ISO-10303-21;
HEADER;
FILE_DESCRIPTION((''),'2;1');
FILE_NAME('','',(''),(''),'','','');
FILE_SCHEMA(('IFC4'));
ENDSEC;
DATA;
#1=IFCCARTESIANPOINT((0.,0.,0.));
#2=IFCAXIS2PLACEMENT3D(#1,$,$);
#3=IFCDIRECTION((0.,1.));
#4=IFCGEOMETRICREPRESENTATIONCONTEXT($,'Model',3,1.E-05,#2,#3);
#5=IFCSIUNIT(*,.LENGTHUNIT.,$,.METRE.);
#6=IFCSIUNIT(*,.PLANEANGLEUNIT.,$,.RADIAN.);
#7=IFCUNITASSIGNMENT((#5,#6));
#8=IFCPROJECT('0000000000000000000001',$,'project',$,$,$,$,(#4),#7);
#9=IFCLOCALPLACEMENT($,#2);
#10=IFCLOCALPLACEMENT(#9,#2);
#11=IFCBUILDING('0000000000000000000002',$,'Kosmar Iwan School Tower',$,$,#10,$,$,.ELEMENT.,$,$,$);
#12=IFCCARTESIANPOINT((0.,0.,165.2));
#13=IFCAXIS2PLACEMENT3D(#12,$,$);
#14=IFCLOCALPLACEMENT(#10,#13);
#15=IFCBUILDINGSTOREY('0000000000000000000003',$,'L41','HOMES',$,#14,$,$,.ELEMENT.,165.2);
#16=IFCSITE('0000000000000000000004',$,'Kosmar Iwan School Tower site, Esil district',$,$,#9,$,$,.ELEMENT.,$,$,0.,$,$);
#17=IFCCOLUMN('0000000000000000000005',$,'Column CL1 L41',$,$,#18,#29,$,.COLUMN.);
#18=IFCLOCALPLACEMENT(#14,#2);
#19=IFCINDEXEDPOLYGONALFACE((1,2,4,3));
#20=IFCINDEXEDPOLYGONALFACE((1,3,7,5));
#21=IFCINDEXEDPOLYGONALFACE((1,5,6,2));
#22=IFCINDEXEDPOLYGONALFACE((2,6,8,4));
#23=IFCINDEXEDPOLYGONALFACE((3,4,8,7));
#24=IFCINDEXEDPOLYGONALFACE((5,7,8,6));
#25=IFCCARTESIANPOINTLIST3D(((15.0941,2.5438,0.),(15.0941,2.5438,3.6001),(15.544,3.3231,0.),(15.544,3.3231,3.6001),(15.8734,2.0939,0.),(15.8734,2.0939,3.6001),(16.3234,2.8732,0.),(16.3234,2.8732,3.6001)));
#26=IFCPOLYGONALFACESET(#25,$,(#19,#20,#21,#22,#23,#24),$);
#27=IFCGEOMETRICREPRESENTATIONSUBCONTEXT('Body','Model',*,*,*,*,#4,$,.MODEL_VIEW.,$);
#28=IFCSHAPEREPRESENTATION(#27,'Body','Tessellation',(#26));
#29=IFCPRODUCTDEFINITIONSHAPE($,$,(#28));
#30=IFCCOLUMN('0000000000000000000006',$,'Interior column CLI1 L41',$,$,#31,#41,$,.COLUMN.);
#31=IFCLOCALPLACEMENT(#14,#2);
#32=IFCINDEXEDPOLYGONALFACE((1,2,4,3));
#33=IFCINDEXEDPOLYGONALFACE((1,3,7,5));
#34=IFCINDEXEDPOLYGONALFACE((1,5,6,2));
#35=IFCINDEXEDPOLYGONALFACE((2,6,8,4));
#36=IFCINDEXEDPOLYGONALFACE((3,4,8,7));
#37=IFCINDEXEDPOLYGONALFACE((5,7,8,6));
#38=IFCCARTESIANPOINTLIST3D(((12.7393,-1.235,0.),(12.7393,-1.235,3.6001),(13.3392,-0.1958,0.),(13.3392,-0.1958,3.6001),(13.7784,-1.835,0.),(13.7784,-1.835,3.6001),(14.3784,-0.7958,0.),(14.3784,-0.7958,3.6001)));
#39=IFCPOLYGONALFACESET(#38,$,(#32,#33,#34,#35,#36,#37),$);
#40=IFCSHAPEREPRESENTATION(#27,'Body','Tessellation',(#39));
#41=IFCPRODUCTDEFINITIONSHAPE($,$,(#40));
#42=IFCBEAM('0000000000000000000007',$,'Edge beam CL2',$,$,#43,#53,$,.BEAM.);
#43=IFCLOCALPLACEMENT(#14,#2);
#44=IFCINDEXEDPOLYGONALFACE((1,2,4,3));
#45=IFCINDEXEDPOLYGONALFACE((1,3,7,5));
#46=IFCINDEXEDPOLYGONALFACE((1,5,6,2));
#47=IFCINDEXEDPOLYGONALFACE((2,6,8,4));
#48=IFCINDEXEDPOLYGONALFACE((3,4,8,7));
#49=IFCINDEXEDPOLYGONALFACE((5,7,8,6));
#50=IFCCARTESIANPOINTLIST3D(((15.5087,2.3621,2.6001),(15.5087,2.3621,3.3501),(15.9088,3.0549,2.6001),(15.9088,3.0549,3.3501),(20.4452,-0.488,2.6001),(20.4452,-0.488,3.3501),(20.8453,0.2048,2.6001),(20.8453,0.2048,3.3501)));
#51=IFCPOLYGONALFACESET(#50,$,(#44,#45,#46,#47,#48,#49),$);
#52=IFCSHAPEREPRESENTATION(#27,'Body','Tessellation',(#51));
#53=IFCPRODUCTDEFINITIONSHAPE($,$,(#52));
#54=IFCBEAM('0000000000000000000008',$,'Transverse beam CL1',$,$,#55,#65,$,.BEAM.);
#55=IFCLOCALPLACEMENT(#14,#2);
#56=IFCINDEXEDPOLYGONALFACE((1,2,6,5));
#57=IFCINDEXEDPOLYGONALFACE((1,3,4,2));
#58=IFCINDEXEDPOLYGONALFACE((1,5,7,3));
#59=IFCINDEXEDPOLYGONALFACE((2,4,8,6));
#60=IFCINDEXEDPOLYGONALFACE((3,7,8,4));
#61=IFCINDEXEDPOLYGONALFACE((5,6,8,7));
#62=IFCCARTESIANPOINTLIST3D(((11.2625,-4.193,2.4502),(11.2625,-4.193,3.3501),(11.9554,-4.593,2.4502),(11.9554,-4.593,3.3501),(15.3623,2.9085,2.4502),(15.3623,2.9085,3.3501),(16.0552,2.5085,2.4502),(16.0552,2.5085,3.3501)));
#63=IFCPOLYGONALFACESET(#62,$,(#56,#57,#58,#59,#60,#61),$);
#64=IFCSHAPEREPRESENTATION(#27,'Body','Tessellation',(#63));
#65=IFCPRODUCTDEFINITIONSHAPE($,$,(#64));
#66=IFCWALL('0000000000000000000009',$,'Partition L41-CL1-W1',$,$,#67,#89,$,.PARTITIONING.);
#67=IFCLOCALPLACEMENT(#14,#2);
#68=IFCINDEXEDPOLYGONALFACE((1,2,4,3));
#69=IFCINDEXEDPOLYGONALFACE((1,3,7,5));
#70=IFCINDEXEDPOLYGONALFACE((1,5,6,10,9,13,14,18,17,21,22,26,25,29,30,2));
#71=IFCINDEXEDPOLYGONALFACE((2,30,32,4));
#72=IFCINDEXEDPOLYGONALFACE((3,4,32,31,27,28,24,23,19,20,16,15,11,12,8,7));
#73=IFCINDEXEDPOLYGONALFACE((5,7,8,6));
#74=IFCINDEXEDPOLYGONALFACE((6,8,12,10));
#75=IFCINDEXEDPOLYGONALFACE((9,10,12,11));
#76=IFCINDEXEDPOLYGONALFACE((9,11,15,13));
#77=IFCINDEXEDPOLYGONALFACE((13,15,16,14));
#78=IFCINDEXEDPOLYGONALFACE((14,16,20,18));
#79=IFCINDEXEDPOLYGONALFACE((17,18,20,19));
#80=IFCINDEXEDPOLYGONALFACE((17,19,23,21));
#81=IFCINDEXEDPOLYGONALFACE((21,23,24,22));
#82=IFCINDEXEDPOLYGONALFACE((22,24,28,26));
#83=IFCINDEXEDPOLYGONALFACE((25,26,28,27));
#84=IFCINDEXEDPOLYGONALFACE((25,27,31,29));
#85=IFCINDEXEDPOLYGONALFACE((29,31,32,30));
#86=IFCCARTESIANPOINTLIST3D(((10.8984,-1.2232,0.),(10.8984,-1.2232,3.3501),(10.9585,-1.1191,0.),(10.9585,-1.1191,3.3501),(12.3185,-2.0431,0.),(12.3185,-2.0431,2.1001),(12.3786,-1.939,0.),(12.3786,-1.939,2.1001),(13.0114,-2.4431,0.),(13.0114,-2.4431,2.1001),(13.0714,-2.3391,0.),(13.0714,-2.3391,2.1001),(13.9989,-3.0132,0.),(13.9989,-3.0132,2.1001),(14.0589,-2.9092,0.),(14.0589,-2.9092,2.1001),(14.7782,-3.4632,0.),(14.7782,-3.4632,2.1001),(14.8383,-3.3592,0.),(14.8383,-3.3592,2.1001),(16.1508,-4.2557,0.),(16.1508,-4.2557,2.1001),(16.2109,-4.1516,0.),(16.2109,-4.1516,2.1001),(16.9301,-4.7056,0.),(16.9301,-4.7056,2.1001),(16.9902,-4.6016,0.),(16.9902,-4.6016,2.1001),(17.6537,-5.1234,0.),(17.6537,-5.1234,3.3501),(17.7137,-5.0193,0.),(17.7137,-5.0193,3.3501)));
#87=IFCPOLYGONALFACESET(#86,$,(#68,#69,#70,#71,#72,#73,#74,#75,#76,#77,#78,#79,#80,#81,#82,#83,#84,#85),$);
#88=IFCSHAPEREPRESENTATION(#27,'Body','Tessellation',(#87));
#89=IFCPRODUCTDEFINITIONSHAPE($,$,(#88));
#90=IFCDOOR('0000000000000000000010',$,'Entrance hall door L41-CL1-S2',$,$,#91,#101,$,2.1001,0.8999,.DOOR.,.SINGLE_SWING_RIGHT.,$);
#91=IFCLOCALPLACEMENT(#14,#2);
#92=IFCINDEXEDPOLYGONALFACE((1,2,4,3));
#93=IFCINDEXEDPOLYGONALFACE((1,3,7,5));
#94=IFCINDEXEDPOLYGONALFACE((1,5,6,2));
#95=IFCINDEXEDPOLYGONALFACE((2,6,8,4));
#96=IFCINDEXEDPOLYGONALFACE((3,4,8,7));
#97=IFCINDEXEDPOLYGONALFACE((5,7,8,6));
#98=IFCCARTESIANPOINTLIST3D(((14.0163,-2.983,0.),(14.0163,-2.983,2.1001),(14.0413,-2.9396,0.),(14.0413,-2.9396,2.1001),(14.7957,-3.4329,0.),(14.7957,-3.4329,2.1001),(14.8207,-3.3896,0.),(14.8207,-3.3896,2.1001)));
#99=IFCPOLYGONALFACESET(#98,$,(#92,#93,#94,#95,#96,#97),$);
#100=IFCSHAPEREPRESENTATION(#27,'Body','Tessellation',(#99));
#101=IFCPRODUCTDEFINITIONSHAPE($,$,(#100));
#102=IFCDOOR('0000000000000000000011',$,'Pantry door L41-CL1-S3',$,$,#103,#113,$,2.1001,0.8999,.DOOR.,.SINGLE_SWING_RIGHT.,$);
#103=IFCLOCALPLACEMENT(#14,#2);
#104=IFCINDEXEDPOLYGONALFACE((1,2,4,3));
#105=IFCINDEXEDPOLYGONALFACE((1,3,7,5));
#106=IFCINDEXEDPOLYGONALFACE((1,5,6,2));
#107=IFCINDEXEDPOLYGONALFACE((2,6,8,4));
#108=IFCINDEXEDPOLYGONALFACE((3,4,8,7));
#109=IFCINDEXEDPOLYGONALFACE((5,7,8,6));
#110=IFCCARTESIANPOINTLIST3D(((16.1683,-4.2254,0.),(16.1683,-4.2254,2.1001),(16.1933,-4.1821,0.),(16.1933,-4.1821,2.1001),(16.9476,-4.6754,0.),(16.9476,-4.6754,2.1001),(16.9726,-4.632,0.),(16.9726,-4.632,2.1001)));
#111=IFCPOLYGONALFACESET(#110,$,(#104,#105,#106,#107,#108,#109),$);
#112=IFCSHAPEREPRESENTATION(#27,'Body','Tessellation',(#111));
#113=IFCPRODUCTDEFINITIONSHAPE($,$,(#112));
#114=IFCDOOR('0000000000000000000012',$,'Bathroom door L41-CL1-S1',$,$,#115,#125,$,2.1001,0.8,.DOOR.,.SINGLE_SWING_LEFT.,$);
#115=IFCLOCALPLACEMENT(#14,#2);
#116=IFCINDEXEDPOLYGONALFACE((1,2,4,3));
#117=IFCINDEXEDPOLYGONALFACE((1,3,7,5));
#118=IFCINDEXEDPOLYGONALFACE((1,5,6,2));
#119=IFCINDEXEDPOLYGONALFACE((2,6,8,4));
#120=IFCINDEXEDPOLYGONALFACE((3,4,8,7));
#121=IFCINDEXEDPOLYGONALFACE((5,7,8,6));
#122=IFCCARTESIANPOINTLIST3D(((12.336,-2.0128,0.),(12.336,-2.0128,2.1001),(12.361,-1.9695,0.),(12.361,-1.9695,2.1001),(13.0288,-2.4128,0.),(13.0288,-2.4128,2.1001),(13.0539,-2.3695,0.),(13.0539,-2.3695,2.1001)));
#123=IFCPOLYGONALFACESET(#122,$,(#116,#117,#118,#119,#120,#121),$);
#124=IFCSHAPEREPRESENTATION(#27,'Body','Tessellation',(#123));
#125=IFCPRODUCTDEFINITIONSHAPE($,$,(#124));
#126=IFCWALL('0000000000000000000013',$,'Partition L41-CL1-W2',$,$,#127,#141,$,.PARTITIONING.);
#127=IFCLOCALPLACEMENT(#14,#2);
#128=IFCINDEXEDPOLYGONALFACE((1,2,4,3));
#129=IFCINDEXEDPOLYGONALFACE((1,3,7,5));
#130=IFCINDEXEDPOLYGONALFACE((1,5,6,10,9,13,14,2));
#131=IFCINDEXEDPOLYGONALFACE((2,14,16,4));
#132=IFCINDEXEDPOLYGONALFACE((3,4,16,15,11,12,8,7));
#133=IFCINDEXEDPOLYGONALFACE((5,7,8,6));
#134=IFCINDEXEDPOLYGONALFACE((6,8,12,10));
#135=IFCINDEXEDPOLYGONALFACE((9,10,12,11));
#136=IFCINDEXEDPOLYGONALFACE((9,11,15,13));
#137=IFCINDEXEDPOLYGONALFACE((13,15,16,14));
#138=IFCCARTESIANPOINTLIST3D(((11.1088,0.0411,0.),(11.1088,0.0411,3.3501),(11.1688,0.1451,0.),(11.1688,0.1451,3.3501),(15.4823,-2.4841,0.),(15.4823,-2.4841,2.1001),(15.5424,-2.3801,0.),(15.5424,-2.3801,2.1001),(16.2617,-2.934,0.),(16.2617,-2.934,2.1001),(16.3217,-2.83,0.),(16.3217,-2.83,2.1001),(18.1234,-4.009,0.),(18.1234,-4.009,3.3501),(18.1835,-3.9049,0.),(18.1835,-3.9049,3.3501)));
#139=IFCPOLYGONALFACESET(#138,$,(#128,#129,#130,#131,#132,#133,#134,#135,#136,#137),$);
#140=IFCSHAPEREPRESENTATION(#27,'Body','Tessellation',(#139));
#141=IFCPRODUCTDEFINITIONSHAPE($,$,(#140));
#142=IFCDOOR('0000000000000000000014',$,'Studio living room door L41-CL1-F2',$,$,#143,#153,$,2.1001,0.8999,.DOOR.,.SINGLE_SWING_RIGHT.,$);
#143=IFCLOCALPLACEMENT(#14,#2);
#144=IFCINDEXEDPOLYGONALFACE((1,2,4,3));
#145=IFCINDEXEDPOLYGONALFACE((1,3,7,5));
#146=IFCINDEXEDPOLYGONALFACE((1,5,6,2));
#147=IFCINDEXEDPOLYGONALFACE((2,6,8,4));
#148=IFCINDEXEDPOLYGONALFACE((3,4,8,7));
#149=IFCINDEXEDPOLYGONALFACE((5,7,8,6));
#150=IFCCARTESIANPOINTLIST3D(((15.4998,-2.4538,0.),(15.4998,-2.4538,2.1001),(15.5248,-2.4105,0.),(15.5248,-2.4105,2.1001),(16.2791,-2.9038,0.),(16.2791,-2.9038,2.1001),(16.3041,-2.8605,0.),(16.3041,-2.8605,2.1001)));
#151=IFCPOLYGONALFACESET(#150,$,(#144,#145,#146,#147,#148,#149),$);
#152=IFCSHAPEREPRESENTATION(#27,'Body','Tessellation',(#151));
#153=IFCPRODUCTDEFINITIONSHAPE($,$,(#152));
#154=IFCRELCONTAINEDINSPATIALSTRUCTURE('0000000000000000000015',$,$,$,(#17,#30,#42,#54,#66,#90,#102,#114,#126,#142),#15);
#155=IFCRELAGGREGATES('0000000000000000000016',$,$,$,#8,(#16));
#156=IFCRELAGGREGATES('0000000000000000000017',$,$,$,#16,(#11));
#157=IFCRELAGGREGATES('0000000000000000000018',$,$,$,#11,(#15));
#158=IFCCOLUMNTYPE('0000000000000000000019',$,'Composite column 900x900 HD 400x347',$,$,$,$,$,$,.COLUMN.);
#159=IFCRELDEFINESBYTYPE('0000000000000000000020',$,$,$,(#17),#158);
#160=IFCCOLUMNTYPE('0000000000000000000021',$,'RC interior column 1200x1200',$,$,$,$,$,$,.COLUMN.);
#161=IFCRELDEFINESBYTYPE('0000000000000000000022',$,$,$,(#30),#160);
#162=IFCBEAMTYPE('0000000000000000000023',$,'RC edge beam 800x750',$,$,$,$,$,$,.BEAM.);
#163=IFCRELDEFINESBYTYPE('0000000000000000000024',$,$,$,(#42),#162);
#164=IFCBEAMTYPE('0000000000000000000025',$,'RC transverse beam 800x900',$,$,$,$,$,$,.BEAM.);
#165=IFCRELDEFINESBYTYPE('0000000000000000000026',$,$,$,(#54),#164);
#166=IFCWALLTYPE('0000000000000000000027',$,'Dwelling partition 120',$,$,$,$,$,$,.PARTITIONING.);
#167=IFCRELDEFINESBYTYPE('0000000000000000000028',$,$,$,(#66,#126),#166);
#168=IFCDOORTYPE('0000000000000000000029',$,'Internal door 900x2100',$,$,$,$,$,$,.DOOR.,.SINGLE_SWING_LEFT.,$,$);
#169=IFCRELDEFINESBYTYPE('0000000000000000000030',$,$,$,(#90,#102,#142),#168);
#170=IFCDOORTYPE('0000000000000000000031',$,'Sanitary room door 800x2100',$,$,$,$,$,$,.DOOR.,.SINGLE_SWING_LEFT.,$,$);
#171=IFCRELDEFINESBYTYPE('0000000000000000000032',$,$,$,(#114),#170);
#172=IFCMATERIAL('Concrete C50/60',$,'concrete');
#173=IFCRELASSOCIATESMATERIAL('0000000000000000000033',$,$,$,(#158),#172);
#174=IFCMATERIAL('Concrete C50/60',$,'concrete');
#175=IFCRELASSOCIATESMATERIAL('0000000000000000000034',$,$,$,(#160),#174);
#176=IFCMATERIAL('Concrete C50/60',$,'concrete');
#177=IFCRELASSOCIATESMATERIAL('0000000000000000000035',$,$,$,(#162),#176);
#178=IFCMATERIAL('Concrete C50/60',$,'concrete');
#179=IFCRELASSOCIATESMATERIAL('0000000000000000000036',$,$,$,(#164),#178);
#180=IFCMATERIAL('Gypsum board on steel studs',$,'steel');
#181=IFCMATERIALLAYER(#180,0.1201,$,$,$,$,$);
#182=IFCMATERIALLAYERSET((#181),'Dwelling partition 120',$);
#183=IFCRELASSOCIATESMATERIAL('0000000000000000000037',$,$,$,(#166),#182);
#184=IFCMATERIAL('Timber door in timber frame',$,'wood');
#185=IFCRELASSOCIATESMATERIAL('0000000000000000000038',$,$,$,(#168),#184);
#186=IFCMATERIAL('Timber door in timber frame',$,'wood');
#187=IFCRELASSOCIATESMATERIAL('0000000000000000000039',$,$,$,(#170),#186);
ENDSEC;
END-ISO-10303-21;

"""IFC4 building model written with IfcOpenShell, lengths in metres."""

from ifc_helpers import new_model, si_unit, direction, frame, frame_2d, origin, origin_2d, place, context, subcontext, project, spatial, rectangle, extrude, material, layer, layer_set, material_profile, profile_set, type_object, element, fill, save


model = new_model("IFC4")

# Units and contexts
model_context = context("Model", 3, precision=1e-05, world=origin(), true_north=direction((0.0, 1.0)))
body_context = subcontext(model_context, "Body", "Model", "MODEL_VIEW")
ifc_project = project(units=[si_unit("LENGTHUNIT", "METRE"), si_unit("PLANEANGLEUNIT", "RADIAN")], contexts=[model_context])

# Site, building, storey
site_placement = place(None, origin())
site = spatial("IfcSite", under=ifc_project, at=site_placement, Name="Kosmar Iwan School Tower site, Esil district", CompositionType="ELEMENT", RefElevation=0.0)
building_placement = place(site_placement, origin())
building = spatial("IfcBuilding", under=site, at=building_placement, Name="Kosmar Iwan School Tower", CompositionType="ELEMENT")
storey_placement = place(building_placement, frame((0.0, 0.0, 165.2)))
storey = spatial("IfcBuildingStorey", under=building, at=storey_placement, Name="L41", Description="HOMES", CompositionType="ELEMENT", Elevation=165.2)

# Columns
ifc_material_1 = material(Name="Concrete C50/60", Category="concrete")
ifc_material_profile_1 = material_profile(ifc_material_1, rectangle(XDim=0.8999, YDim=0.8999, at=origin_2d()), Name="RC 900x900 + HD 400x347")
ifc_profile_set_1 = profile_set([ifc_material_profile_1], Name="Concrete C50/60")
column_type_1 = type_object("IfcColumnType", Name="Composite column 900x900 HD 400x347", PredefinedType="COLUMN", material=ifc_profile_set_1)
column_1_placement = place(storey_placement, frame((15.7087, 2.7085, 0.0), z_axis=(0.0, 0.0, 1.0), x_axis=(0.866025, -0.5, 0.0)))
element("IfcColumn", 1, at=column_1_placement, inside=storey, type_object=column_type_1, Name="Column CL1 L41", PredefinedType="COLUMN", context=body_context, shape_type="SweptSolid", body=[
    extrude(rectangle(XDim=0.8999, YDim=0.8999, at=origin_2d()), origin(), (0.0, 0.0, 1.0), 3.6001),
])
ifc_material_2 = material(Name="Concrete C50/60", Category="concrete")
ifc_material_profile_2 = material_profile(ifc_material_2, rectangle(XDim=1.2, YDim=1.2, at=origin_2d()), Name="RC 1200x1200")
ifc_profile_set_2 = profile_set([ifc_material_profile_2], Name="Concrete C50/60")
column_type_2 = type_object("IfcColumnType", Name="RC interior column 1200x1200", PredefinedType="COLUMN", material=ifc_profile_set_2)
column_2_placement = place(storey_placement, frame((13.5588, -1.0154, 0.0), z_axis=(0.0, 0.0, 1.0), x_axis=(0.866025, -0.5, 0.0)))
element("IfcColumn", 2, at=column_2_placement, inside=storey, type_object=column_type_2, Name="Interior column CLI1 L41", PredefinedType="COLUMN", context=body_context, shape_type="SweptSolid", body=[
    extrude(rectangle(XDim=1.2, YDim=1.2, at=origin_2d()), origin(), (0.0, 0.0, 1.0), 3.6001),
])

# Beams
ifc_material_3 = material(Name="Concrete C50/60", Category="concrete")
ifc_material_profile_3 = material_profile(ifc_material_3, rectangle(XDim=0.8, YDim=0.75, at=origin_2d()), Name="RC 800x750")
ifc_profile_set_3 = profile_set([ifc_material_profile_3], Name="Concrete C50/60")
beam_type_1 = type_object("IfcBeamType", Name="RC edge beam 800x750", PredefinedType="BEAM", material=ifc_profile_set_3)
beam_1_placement = place(storey_placement, frame((15.7087, 2.7085, 2.9751), z_axis=(0.866026, -0.499999, 0.0), x_axis=(0.499999, 0.866026, 0.0)))
element("IfcBeam", 3, at=beam_1_placement, inside=storey, type_object=beam_type_1, Name="Edge beam CL2", PredefinedType="BEAM", context=body_context, shape_type="SweptSolid", body=[
    extrude(rectangle(XDim=0.8, YDim=0.75, at=origin_2d()), origin(), (0.0, 0.0, 1.0), 5.7002),
])
ifc_material_4 = material(Name="Concrete C50/60", Category="concrete")
ifc_material_profile_4 = material_profile(ifc_material_4, rectangle(XDim=0.8, YDim=0.8999, at=origin_2d()), Name="RC 800x900")
ifc_profile_set_4 = profile_set([ifc_material_profile_4], Name="Concrete C50/60")
beam_type_2 = type_object("IfcBeamType", Name="RC transverse beam 800x900", PredefinedType="BEAM", material=ifc_profile_set_4)
beam_2_placement = place(storey_placement, frame((15.7087, 2.7085, 2.9001), z_axis=(-0.499978, -0.866038, 0.0), x_axis=(0.866038, -0.499978, 0.0)))
element("IfcBeam", 4, at=beam_2_placement, inside=storey, type_object=beam_type_2, Name="Transverse beam CL1", PredefinedType="BEAM", context=body_context, shape_type="SweptSolid", body=[
    extrude(rectangle(XDim=0.8, YDim=0.8999, at=origin_2d()), origin(), (0.0, 0.0, 1.0), 8.2),
])

# Wall, openings, doors
ifc_material_5 = material(Name="Gypsum board on steel studs", Category="steel")
ifc_layer_1 = layer(ifc_material_5, 0.1201)
ifc_layer_set_1 = layer_set([ifc_layer_1], Name="Dwelling partition 120")
wall_type_1 = type_object("IfcWallType", Name="Dwelling partition 120", PredefinedType="PARTITIONING", material=ifc_layer_set_1)
wall_1_placement = place(storey_placement, frame((10.9285, -1.1711, 0.0), z_axis=(0.0, 0.0, 1.0), x_axis=(0.866021, -0.500007, 0.0)))
wall_1 = element("IfcWall", 5, at=wall_1_placement, inside=storey, type_object=wall_type_1, Name="Partition L41-CL1-W1", PredefinedType="PARTITIONING", context=body_context, shape_type="SweptSolid", body=[
    extrude(rectangle(XDim=7.8003, YDim=0.1201, at=frame_2d((3.9001, 0.0))), origin(), (0.0, 0.0, 1.0), 3.3501),
])
opening_1_placement = place(wall_1_placement, frame((1.6399, 0.0, 0.0)))
opening_1 = element("IfcOpeningElement", 6, at=opening_1_placement, cuts=wall_1, PredefinedType="OPENING", context=body_context, shape_type="SweptSolid", body=[
    extrude(rectangle(XDim=0.8, YDim=2.1001, at=frame_2d((0.3999, 1.05))), frame((0.0, 0.072, 0.0), z_axis=(0.0, -1.0, 0.0), x_axis=(1.0, 0.0, 0.0)), (0.0, 0.0, 1.0), 0.144),
])
opening_2_placement = place(wall_1_placement, frame((3.5801, 0.0, 0.0)))
opening_2 = element("IfcOpeningElement", 7, at=opening_2_placement, cuts=wall_1, PredefinedType="OPENING", context=body_context, shape_type="SweptSolid", body=[
    extrude(rectangle(XDim=0.8999, YDim=2.1001, at=frame_2d((0.45, 1.05))), frame((0.0, 0.072, 0.0), z_axis=(0.0, -1.0, 0.0), x_axis=(1.0, 0.0, 0.0)), (0.0, 0.0, 1.0), 0.144),
])
opening_3_placement = place(wall_1_placement, frame((6.0649, 0.0, 0.0)))
opening_3 = element("IfcOpeningElement", 8, at=opening_3_placement, cuts=wall_1, PredefinedType="OPENING", context=body_context, shape_type="SweptSolid", body=[
    extrude(rectangle(XDim=0.8999, YDim=2.1001, at=frame_2d((0.45, 1.05))), frame((0.0, 0.072, 0.0), z_axis=(0.0, -1.0, 0.0), x_axis=(1.0, 0.0, 0.0)), (0.0, 0.0, 1.0), 0.144),
])
ifc_material_6 = material(Name="Timber door in timber frame", Category="wood")
door_type_1 = type_object("IfcDoorType", Name="Internal door 900x2100", OperationType="SINGLE_SWING_LEFT", PredefinedType="DOOR", material=ifc_material_6)
door_1_placement = place(opening_2_placement, origin())
door_1 = element("IfcDoor", 9, at=door_1_placement, inside=storey, type_object=door_type_1, Name="Entrance hall door L41-CL1-S2", OperationType="SINGLE_SWING_RIGHT", OverallHeight=2.1001, OverallWidth=0.8999, PredefinedType="DOOR", context=body_context, shape_type="SweptSolid", body=[
    extrude(rectangle(XDim=0.8999, YDim=2.1001, at=frame_2d((0.45, 1.05))), frame((0.0, 0.0249, 0.0), z_axis=(0.0, -1.0, 0.0), x_axis=(1.0, 0.0, 0.0)), (0.0, 0.0, 1.0), 0.05),
])
fill(opening_2, door_1)
door_2_placement = place(opening_3_placement, origin())
door_2 = element("IfcDoor", 10, at=door_2_placement, inside=storey, type_object=door_type_1, Name="Pantry door L41-CL1-S3", OperationType="SINGLE_SWING_RIGHT", OverallHeight=2.1001, OverallWidth=0.8999, PredefinedType="DOOR", context=body_context, shape_type="SweptSolid", body=[
    extrude(rectangle(XDim=0.8999, YDim=2.1001, at=frame_2d((0.45, 1.05))), frame((0.0, 0.0249, 0.0), z_axis=(0.0, -1.0, 0.0), x_axis=(1.0, 0.0, 0.0)), (0.0, 0.0, 1.0), 0.05),
])
fill(opening_3, door_2)
ifc_material_7 = material(Name="Timber door in timber frame", Category="wood")
door_type_2 = type_object("IfcDoorType", Name="Sanitary room door 800x2100", OperationType="SINGLE_SWING_LEFT", PredefinedType="DOOR", material=ifc_material_7)
door_3_placement = place(opening_1_placement, origin())
door_3 = element("IfcDoor", 11, at=door_3_placement, inside=storey, type_object=door_type_2, Name="Bathroom door L41-CL1-S1", OperationType="SINGLE_SWING_LEFT", OverallHeight=2.1001, OverallWidth=0.8, PredefinedType="DOOR", context=body_context, shape_type="SweptSolid", body=[
    extrude(rectangle(XDim=0.8, YDim=2.1001, at=frame_2d((0.3999, 1.05))), frame((0.0, 0.0249, 0.0), z_axis=(0.0, -1.0, 0.0), x_axis=(1.0, 0.0, 0.0)), (0.0, 0.0, 1.0), 0.05),
])
fill(opening_1, door_3)

# Wall, opening, door
wall_2_placement = place(storey_placement, frame((11.1389, 0.093, 0.0), z_axis=(0.0, 0.0, 1.0), x_axis=(0.866018, -0.500013, 0.0)))
wall_2 = element("IfcWall", 12, at=wall_2_placement, inside=storey, type_object=wall_type_1, Name="Partition L41-CL1-W2", PredefinedType="PARTITIONING", context=body_context, shape_type="SweptSolid", body=[
    extrude(rectangle(XDim=8.0999, YDim=0.1201, at=frame_2d((4.0498, 0.0))), origin(), (0.0, 0.0, 1.0), 3.3501),
])
opening_4_placement = place(wall_2_placement, frame((5.05, 0.0, 0.0)))
opening_4 = element("IfcOpeningElement", 13, at=opening_4_placement, cuts=wall_2, PredefinedType="OPENING", context=body_context, shape_type="SweptSolid", body=[
    extrude(rectangle(XDim=0.8999, YDim=2.1001, at=frame_2d((0.45, 1.05))), frame((0.0, 0.072, 0.0), z_axis=(0.0, -1.0, 0.0), x_axis=(1.0, 0.0, 0.0)), (0.0, 0.0, 1.0), 0.144),
])
door_4_placement = place(opening_4_placement, origin())
door_4 = element("IfcDoor", 14, at=door_4_placement, inside=storey, type_object=door_type_1, Name="Studio living room door L41-CL1-F2", OperationType="SINGLE_SWING_RIGHT", OverallHeight=2.1001, OverallWidth=0.8999, PredefinedType="DOOR", context=body_context, shape_type="SweptSolid", body=[
    extrude(rectangle(XDim=0.8999, YDim=2.1001, at=frame_2d((0.45, 1.05))), frame((0.0, 0.0249, 0.0), z_axis=(0.0, -1.0, 0.0), x_axis=(1.0, 0.0, 0.0)), (0.0, 0.0, 1.0), 0.05),
])
fill(opening_4, door_4)

save(model, "model.ifc")
